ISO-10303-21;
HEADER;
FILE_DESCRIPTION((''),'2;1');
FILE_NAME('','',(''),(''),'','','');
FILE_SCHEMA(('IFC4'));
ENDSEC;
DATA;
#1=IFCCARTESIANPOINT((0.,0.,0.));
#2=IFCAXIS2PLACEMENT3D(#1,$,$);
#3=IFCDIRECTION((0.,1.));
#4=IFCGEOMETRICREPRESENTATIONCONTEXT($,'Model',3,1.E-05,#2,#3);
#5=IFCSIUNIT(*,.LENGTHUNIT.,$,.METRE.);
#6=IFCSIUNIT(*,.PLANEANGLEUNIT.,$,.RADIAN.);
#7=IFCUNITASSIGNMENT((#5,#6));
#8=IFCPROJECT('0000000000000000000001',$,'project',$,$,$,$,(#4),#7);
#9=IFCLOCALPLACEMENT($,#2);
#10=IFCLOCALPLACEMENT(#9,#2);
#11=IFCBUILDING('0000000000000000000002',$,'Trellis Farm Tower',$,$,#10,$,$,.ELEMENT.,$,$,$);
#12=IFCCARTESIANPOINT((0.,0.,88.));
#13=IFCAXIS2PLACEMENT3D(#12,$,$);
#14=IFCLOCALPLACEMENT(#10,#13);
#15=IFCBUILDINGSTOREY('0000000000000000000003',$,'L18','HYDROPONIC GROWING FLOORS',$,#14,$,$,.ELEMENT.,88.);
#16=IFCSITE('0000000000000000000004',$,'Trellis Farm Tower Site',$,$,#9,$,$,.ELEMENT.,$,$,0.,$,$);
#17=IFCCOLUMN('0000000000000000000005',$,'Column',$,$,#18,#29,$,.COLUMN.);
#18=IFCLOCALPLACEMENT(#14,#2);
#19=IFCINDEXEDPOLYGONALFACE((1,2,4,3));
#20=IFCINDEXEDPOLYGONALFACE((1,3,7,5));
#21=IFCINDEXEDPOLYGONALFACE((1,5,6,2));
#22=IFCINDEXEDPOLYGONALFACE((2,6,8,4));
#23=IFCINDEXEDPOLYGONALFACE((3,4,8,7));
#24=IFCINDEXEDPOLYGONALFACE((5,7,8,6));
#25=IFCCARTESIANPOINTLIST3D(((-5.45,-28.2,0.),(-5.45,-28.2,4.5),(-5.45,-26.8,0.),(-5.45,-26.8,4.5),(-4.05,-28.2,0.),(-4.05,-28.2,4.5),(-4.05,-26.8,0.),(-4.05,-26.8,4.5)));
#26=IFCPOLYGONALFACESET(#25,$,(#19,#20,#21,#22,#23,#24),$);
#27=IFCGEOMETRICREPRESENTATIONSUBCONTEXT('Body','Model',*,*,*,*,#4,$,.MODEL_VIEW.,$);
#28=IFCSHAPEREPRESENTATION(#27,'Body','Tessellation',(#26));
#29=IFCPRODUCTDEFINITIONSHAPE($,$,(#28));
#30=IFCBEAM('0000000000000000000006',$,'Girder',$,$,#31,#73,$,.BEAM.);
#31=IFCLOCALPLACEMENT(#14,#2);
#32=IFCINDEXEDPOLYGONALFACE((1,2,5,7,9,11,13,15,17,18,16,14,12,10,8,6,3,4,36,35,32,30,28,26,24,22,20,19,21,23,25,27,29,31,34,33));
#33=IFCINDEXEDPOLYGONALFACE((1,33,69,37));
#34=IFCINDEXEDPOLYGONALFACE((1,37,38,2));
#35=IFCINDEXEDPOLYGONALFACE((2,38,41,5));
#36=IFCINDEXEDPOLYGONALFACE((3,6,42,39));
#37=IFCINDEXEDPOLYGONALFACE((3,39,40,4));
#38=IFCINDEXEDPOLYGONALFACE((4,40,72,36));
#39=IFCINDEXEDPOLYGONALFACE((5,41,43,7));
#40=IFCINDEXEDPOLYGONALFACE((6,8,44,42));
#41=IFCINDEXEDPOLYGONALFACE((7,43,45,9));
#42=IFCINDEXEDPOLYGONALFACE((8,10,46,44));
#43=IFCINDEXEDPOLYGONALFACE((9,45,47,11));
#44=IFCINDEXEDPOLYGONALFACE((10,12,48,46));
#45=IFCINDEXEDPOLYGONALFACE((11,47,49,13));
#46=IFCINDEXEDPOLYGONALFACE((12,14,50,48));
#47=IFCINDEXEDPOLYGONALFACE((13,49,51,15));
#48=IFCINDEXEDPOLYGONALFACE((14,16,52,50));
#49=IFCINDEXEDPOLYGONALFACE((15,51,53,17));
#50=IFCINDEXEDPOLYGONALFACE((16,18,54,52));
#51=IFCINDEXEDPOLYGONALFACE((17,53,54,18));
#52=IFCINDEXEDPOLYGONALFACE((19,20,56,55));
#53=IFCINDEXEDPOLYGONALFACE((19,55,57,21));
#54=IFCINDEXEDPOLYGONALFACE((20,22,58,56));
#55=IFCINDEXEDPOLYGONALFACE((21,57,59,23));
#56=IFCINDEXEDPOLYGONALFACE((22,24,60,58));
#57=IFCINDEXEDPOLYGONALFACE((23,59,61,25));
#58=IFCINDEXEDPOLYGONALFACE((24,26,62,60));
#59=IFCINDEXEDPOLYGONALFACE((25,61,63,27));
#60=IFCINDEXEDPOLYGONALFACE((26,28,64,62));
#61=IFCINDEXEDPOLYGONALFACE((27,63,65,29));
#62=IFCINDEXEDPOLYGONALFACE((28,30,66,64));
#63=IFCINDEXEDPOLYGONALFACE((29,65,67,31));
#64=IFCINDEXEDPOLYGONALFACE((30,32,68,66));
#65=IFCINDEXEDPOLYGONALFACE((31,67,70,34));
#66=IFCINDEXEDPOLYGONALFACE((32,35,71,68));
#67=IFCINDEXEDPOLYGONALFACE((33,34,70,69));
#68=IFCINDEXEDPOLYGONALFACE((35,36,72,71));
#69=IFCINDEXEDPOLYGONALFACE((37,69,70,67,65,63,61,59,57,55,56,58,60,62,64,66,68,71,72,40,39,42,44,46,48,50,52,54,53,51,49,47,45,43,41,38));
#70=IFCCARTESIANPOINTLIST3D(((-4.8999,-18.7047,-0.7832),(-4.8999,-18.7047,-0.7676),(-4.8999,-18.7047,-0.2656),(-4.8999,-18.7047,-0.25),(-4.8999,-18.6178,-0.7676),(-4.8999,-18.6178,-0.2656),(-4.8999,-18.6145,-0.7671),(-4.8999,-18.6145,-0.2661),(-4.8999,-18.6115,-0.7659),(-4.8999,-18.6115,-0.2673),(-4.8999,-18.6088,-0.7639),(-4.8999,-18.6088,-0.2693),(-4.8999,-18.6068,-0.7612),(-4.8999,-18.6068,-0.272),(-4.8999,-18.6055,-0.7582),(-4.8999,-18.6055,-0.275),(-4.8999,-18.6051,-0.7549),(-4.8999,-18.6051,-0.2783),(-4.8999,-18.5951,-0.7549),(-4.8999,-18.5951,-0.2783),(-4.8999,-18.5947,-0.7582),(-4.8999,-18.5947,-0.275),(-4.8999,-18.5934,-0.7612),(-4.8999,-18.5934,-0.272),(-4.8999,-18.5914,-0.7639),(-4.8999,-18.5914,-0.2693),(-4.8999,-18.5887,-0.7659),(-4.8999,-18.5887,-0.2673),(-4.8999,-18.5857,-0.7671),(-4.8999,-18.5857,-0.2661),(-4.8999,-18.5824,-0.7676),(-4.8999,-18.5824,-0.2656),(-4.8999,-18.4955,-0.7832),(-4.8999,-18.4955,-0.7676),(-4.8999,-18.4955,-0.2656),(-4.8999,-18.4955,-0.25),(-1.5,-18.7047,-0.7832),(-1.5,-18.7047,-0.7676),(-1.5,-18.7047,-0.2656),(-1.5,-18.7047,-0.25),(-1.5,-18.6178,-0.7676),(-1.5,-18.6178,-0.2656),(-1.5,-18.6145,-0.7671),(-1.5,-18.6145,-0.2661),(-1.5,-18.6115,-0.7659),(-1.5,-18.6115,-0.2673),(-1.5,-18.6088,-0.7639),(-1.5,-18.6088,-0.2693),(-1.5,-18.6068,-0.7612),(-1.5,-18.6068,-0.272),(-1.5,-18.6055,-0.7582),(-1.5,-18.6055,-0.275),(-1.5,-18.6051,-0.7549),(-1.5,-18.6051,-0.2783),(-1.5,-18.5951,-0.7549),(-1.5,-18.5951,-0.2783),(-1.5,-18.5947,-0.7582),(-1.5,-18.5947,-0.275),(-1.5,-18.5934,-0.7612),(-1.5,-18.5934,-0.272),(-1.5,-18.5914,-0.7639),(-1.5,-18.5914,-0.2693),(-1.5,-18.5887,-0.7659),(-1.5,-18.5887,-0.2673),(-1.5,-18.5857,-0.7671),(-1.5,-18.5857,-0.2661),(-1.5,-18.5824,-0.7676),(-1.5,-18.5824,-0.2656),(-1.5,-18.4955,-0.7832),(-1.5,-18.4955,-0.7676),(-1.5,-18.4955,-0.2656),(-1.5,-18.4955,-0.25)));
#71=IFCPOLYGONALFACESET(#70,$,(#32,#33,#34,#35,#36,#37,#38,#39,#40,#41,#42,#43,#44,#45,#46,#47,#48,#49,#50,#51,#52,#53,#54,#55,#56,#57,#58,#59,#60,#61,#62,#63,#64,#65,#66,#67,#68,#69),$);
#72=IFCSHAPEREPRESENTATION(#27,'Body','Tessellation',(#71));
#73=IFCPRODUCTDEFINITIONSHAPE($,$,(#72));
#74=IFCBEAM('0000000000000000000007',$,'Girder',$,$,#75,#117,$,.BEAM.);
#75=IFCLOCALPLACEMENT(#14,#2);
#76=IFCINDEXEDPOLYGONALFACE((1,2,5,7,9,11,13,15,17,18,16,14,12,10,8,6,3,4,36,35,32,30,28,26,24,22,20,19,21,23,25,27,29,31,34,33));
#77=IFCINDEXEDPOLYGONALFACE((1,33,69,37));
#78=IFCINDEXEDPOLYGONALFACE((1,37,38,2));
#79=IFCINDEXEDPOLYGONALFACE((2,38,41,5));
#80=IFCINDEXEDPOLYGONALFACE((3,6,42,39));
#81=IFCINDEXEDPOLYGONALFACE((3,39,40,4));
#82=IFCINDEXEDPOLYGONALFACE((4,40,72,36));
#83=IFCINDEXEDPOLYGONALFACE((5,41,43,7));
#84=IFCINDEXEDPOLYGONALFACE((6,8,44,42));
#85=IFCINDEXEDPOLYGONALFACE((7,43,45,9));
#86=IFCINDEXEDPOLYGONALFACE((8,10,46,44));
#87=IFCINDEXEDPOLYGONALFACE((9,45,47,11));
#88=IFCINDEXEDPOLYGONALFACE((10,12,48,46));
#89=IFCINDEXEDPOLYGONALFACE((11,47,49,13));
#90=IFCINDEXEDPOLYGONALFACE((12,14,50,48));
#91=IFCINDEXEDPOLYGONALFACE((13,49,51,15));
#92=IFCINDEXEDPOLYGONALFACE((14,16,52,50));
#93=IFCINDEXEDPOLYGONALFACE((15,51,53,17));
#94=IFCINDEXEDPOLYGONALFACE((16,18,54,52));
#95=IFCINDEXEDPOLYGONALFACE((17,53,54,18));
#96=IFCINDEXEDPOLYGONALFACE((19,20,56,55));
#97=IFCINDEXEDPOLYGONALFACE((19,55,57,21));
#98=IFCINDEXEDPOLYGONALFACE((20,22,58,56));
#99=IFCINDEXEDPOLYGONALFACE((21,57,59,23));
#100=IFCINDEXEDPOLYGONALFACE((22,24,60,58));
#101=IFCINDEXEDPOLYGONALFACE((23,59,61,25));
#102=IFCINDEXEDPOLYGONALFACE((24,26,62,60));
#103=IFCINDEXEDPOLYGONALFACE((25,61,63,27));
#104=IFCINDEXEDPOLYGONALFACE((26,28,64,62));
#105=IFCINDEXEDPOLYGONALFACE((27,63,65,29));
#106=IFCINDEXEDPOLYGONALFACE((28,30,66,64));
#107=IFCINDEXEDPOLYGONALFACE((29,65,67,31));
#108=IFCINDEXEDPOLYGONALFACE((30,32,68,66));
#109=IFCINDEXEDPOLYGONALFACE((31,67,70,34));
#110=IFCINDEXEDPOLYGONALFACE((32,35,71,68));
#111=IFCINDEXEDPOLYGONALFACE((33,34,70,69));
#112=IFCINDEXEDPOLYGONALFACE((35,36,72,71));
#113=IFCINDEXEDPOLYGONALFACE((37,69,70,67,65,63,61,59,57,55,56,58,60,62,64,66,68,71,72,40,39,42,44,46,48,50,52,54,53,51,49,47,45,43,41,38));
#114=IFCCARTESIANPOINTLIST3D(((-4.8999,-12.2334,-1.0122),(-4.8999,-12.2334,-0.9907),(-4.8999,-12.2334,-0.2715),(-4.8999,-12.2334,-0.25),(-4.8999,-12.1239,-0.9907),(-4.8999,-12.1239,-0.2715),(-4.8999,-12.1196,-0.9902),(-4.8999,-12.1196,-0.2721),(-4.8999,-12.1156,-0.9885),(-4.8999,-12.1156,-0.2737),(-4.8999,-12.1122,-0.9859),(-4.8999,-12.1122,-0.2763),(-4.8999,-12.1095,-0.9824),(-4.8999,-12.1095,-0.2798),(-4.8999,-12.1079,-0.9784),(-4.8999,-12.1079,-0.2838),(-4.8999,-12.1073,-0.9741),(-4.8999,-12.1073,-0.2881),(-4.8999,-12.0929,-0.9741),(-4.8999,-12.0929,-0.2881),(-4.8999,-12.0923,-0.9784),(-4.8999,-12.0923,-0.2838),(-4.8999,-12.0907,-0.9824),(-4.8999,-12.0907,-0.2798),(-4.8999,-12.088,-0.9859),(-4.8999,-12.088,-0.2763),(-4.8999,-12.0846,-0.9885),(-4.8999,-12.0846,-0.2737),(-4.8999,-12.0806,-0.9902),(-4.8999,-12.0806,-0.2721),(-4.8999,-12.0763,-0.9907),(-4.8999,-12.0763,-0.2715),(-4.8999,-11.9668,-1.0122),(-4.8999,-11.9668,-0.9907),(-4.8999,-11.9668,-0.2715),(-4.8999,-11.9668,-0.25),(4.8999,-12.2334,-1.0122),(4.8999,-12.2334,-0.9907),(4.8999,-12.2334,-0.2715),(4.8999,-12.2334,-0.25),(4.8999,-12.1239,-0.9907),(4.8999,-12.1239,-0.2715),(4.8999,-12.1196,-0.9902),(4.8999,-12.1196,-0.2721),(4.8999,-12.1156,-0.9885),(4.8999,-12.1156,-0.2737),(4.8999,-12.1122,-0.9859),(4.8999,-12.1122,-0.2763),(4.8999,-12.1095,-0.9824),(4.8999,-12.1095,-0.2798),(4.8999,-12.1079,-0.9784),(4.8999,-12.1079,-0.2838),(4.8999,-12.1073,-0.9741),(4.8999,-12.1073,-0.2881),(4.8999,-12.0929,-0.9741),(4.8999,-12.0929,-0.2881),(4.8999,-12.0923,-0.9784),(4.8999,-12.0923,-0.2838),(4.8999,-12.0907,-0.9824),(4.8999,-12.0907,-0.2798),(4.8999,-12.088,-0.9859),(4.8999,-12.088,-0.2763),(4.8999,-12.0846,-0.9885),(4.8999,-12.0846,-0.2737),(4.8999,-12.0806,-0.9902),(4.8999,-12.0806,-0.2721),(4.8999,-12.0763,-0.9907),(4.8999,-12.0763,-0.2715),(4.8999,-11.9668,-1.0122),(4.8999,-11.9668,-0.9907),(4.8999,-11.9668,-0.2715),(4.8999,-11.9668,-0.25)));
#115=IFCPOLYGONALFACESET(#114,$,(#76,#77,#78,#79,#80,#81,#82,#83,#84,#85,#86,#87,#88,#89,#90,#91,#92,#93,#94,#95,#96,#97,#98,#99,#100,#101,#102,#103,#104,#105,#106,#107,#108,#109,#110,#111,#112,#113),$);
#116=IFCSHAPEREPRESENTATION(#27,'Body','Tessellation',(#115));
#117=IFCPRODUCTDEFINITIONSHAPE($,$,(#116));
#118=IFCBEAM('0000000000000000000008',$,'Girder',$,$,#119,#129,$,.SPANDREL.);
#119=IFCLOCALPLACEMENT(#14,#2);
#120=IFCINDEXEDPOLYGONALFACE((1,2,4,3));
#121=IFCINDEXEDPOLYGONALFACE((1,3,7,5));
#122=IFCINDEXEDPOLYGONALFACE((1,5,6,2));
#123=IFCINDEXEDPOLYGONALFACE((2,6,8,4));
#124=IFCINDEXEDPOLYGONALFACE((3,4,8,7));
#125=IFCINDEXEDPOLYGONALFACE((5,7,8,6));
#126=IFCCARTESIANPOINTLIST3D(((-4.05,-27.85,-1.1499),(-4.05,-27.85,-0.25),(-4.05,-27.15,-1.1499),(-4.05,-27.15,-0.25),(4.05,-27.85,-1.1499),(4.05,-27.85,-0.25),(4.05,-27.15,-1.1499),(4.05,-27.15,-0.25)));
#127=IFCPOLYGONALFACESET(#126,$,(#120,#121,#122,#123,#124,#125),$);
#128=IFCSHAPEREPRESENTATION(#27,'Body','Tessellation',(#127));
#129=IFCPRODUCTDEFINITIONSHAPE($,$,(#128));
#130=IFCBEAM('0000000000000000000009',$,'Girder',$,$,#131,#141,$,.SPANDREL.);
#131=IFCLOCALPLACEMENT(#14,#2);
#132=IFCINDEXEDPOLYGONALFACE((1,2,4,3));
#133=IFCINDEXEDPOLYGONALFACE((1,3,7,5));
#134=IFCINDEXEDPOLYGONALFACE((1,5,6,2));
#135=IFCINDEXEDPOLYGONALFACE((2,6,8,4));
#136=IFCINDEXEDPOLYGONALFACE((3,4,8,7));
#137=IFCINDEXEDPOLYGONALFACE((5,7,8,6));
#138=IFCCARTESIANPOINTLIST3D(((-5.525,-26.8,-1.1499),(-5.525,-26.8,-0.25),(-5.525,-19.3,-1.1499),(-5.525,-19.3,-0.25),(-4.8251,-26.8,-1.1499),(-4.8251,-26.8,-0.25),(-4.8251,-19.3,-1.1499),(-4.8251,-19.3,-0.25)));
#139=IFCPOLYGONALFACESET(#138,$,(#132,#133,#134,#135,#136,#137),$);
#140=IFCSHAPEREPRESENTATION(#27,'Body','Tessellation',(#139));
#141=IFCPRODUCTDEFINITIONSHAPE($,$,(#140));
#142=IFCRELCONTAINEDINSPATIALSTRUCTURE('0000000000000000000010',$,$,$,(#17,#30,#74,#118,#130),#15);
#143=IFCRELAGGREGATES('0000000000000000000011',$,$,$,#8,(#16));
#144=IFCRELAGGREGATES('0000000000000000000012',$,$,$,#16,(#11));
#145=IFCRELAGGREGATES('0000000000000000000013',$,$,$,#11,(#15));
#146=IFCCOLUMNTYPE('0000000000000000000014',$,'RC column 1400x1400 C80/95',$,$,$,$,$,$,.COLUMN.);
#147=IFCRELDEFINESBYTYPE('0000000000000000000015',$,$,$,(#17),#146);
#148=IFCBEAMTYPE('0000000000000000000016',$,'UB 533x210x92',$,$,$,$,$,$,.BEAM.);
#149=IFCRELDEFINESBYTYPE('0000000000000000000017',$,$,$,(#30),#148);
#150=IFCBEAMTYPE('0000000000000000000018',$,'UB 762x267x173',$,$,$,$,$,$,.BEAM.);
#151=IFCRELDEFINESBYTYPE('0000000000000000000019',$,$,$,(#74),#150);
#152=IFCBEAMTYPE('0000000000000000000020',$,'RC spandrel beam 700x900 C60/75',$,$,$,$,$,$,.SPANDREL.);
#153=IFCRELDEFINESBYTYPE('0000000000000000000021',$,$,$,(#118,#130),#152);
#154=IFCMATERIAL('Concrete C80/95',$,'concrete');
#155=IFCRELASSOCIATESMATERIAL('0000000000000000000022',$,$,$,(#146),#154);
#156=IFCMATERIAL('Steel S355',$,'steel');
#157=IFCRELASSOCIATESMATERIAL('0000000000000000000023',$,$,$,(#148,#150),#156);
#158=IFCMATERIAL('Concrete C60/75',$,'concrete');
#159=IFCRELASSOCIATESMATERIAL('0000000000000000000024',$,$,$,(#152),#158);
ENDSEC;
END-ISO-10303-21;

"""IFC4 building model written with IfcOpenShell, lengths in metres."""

from ifc_helpers import new_model, si_unit, direction, frame, origin, origin_2d, place, context, subcontext, project, spatial, rectangle, i_section, extrude, source, transform, mapped, material, material_profile, profile_set, type_object, element, save


model = new_model("IFC4")

# Units and contexts
model_context = context("Model", 3, precision=1e-05, world=origin(), true_north=direction((0.0, 1.0)))
body_context = subcontext(model_context, "Body", "Model", "MODEL_VIEW")
ifc_project = project(units=[si_unit("LENGTHUNIT", "METRE"), si_unit("PLANEANGLEUNIT", "RADIAN")], contexts=[model_context])

# Site, building, storey
site_placement = place(None, origin())
site = spatial("IfcSite", under=ifc_project, at=site_placement, Name="Trellis Farm Tower Site", CompositionType="ELEMENT", RefElevation=0.0)
building_placement = place(site_placement, origin())
building = spatial("IfcBuilding", under=site, at=building_placement, Name="Trellis Farm Tower", CompositionType="ELEMENT")
storey_placement = place(building_placement, frame((0.0, 0.0, 88.0)))
storey = spatial("IfcBuildingStorey", under=building, at=storey_placement, Name="L18", Description="HYDROPONIC GROWING FLOORS", CompositionType="ELEMENT", Elevation=88.0)

# Column
ifc_material_1 = material(Name="Concrete C80/95", Category="concrete")
ifc_material_profile_1 = material_profile(ifc_material_1, rectangle(XDim=1.3999, YDim=1.3999, at=origin_2d()), Name="RC column 1400x1400 C80/95")
ifc_profile_set_1 = profile_set([ifc_material_profile_1], Name="Concrete C80/95")
column_type = type_object("IfcColumnType", Name="RC column 1400x1400 C80/95", PredefinedType="COLUMN", material=ifc_profile_set_1)
shared_shape_1 = source(origin(), body_context, "Body", "SweptSolid", [
    extrude(rectangle(XDim=1.3999, YDim=1.3999, at=origin_2d()), origin(), (0.0, 0.0, 1.0), 4.5),
])
column_placement = place(storey_placement, frame((-4.75, -27.5, 0.0), z_axis=(0.0, 0.0, 1.0), x_axis=(1.0, 0.0, 0.0)))
element("IfcColumn", 1, at=column_placement, inside=storey, type_object=column_type, Name="Column", PredefinedType="COLUMN", context=body_context, shape_type="MappedRepresentation", body=[
    mapped(shared_shape_1, transform((0.0, 0.0, 0.0))),
])

# Beams
ifc_material_2 = material(Name="Steel S355", Category="steel")
ifc_material_profile_2 = material_profile(ifc_material_2, i_section(OverallWidth=0.2092, OverallDepth=0.5332, WebThickness=0.01, FlangeThickness=0.0156, FilletRadius=0.0127, at=origin_2d()), Name="UB 533x210x92")
ifc_profile_set_2 = profile_set([ifc_material_profile_2], Name="Steel S355")
beam_type_1 = type_object("IfcBeamType", Name="UB 533x210x92", PredefinedType="BEAM", material=ifc_profile_set_2)
shared_shape_2 = source(origin(), body_context, "Body", "SweptSolid", [
    extrude(i_section(OverallWidth=0.2092, OverallDepth=0.5332, WebThickness=0.01, FlangeThickness=0.0156, FilletRadius=0.0127, at=origin_2d()), origin(), (0.0, 0.0, 1.0), 3.3999),
])
beam_1_placement = place(storey_placement, frame((-4.8999, -18.6001, -0.5166), z_axis=(1.0, 0.0, 0.0), x_axis=(0.0, 1.0, 0.0)))
element("IfcBeam", 2, at=beam_1_placement, inside=storey, type_object=beam_type_1, Name="Girder", PredefinedType="BEAM", context=body_context, shape_type="MappedRepresentation", body=[
    mapped(shared_shape_2, transform((0.0, 0.0, 0.0))),
])
ifc_material_profile_3 = material_profile(ifc_material_2, i_section(OverallWidth=0.2666, OverallDepth=0.7622, WebThickness=0.0144, FlangeThickness=0.0215, FilletRadius=0.0166, at=origin_2d()), Name="UB 762x267x173")
ifc_profile_set_3 = profile_set([ifc_material_profile_3], Name="Steel S355")
beam_type_2 = type_object("IfcBeamType", Name="UB 762x267x173", PredefinedType="BEAM", material=ifc_profile_set_3)
shared_shape_3 = source(origin(), body_context, "Body", "SweptSolid", [
    extrude(i_section(OverallWidth=0.2666, OverallDepth=0.7622, WebThickness=0.0144, FlangeThickness=0.0215, FilletRadius=0.0166, at=origin_2d()), origin(), (0.0, 0.0, 1.0), 9.7998),
])
beam_2_placement = place(storey_placement, frame((-4.8999, -12.1001, -0.6311), z_axis=(1.0, 0.0, 0.0), x_axis=(0.0, 1.0, 0.0)))
element("IfcBeam", 3, at=beam_2_placement, inside=storey, type_object=beam_type_2, Name="Girder", PredefinedType="BEAM", context=body_context, shape_type="MappedRepresentation", body=[
    mapped(shared_shape_3, transform((0.0, 0.0, 0.0))),
])
ifc_material_3 = material(Name="Concrete C60/75", Category="concrete")
ifc_material_profile_4 = material_profile(ifc_material_3, rectangle(XDim=0.7, YDim=0.8999, at=origin_2d()), Name="RC spandrel beam 700x900 C60/75")
ifc_profile_set_4 = profile_set([ifc_material_profile_4], Name="Concrete C60/75")
beam_type_3 = type_object("IfcBeamType", Name="RC spandrel beam 700x900 C60/75", PredefinedType="SPANDREL", material=ifc_profile_set_4)
shared_shape_4 = source(origin(), body_context, "Body", "SweptSolid", [
    extrude(rectangle(XDim=0.7, YDim=0.8999, at=origin_2d()), origin(), (0.0, 0.0, 1.0), 8.1001),
])
beam_3_placement = place(storey_placement, frame((-4.05, -27.5, -0.7), z_axis=(1.0, 0.0, 0.0), x_axis=(0.0, 1.0, 0.0)))
element("IfcBeam", 4, at=beam_3_placement, inside=storey, type_object=beam_type_3, Name="Girder", PredefinedType="SPANDREL", context=body_context, shape_type="MappedRepresentation", body=[
    mapped(shared_shape_4, transform((0.0, 0.0, 0.0))),
])
shared_shape_5 = source(origin(), body_context, "Body", "SweptSolid", [
    extrude(rectangle(XDim=0.7, YDim=0.8999, at=origin_2d()), origin(), (0.0, 0.0, 1.0), 7.5),
])
beam_4_placement = place(storey_placement, frame((-5.175, -26.8, -0.7), z_axis=(0.0, 1.0, 0.0), x_axis=(-1.0, 0.0, 0.0)))
element("IfcBeam", 5, at=beam_4_placement, inside=storey, type_object=beam_type_3, Name="Girder", PredefinedType="SPANDREL", context=body_context, shape_type="MappedRepresentation", body=[
    mapped(shared_shape_5, transform((0.0, 0.0, 0.0))),
])

save(model, "model.ifc")
